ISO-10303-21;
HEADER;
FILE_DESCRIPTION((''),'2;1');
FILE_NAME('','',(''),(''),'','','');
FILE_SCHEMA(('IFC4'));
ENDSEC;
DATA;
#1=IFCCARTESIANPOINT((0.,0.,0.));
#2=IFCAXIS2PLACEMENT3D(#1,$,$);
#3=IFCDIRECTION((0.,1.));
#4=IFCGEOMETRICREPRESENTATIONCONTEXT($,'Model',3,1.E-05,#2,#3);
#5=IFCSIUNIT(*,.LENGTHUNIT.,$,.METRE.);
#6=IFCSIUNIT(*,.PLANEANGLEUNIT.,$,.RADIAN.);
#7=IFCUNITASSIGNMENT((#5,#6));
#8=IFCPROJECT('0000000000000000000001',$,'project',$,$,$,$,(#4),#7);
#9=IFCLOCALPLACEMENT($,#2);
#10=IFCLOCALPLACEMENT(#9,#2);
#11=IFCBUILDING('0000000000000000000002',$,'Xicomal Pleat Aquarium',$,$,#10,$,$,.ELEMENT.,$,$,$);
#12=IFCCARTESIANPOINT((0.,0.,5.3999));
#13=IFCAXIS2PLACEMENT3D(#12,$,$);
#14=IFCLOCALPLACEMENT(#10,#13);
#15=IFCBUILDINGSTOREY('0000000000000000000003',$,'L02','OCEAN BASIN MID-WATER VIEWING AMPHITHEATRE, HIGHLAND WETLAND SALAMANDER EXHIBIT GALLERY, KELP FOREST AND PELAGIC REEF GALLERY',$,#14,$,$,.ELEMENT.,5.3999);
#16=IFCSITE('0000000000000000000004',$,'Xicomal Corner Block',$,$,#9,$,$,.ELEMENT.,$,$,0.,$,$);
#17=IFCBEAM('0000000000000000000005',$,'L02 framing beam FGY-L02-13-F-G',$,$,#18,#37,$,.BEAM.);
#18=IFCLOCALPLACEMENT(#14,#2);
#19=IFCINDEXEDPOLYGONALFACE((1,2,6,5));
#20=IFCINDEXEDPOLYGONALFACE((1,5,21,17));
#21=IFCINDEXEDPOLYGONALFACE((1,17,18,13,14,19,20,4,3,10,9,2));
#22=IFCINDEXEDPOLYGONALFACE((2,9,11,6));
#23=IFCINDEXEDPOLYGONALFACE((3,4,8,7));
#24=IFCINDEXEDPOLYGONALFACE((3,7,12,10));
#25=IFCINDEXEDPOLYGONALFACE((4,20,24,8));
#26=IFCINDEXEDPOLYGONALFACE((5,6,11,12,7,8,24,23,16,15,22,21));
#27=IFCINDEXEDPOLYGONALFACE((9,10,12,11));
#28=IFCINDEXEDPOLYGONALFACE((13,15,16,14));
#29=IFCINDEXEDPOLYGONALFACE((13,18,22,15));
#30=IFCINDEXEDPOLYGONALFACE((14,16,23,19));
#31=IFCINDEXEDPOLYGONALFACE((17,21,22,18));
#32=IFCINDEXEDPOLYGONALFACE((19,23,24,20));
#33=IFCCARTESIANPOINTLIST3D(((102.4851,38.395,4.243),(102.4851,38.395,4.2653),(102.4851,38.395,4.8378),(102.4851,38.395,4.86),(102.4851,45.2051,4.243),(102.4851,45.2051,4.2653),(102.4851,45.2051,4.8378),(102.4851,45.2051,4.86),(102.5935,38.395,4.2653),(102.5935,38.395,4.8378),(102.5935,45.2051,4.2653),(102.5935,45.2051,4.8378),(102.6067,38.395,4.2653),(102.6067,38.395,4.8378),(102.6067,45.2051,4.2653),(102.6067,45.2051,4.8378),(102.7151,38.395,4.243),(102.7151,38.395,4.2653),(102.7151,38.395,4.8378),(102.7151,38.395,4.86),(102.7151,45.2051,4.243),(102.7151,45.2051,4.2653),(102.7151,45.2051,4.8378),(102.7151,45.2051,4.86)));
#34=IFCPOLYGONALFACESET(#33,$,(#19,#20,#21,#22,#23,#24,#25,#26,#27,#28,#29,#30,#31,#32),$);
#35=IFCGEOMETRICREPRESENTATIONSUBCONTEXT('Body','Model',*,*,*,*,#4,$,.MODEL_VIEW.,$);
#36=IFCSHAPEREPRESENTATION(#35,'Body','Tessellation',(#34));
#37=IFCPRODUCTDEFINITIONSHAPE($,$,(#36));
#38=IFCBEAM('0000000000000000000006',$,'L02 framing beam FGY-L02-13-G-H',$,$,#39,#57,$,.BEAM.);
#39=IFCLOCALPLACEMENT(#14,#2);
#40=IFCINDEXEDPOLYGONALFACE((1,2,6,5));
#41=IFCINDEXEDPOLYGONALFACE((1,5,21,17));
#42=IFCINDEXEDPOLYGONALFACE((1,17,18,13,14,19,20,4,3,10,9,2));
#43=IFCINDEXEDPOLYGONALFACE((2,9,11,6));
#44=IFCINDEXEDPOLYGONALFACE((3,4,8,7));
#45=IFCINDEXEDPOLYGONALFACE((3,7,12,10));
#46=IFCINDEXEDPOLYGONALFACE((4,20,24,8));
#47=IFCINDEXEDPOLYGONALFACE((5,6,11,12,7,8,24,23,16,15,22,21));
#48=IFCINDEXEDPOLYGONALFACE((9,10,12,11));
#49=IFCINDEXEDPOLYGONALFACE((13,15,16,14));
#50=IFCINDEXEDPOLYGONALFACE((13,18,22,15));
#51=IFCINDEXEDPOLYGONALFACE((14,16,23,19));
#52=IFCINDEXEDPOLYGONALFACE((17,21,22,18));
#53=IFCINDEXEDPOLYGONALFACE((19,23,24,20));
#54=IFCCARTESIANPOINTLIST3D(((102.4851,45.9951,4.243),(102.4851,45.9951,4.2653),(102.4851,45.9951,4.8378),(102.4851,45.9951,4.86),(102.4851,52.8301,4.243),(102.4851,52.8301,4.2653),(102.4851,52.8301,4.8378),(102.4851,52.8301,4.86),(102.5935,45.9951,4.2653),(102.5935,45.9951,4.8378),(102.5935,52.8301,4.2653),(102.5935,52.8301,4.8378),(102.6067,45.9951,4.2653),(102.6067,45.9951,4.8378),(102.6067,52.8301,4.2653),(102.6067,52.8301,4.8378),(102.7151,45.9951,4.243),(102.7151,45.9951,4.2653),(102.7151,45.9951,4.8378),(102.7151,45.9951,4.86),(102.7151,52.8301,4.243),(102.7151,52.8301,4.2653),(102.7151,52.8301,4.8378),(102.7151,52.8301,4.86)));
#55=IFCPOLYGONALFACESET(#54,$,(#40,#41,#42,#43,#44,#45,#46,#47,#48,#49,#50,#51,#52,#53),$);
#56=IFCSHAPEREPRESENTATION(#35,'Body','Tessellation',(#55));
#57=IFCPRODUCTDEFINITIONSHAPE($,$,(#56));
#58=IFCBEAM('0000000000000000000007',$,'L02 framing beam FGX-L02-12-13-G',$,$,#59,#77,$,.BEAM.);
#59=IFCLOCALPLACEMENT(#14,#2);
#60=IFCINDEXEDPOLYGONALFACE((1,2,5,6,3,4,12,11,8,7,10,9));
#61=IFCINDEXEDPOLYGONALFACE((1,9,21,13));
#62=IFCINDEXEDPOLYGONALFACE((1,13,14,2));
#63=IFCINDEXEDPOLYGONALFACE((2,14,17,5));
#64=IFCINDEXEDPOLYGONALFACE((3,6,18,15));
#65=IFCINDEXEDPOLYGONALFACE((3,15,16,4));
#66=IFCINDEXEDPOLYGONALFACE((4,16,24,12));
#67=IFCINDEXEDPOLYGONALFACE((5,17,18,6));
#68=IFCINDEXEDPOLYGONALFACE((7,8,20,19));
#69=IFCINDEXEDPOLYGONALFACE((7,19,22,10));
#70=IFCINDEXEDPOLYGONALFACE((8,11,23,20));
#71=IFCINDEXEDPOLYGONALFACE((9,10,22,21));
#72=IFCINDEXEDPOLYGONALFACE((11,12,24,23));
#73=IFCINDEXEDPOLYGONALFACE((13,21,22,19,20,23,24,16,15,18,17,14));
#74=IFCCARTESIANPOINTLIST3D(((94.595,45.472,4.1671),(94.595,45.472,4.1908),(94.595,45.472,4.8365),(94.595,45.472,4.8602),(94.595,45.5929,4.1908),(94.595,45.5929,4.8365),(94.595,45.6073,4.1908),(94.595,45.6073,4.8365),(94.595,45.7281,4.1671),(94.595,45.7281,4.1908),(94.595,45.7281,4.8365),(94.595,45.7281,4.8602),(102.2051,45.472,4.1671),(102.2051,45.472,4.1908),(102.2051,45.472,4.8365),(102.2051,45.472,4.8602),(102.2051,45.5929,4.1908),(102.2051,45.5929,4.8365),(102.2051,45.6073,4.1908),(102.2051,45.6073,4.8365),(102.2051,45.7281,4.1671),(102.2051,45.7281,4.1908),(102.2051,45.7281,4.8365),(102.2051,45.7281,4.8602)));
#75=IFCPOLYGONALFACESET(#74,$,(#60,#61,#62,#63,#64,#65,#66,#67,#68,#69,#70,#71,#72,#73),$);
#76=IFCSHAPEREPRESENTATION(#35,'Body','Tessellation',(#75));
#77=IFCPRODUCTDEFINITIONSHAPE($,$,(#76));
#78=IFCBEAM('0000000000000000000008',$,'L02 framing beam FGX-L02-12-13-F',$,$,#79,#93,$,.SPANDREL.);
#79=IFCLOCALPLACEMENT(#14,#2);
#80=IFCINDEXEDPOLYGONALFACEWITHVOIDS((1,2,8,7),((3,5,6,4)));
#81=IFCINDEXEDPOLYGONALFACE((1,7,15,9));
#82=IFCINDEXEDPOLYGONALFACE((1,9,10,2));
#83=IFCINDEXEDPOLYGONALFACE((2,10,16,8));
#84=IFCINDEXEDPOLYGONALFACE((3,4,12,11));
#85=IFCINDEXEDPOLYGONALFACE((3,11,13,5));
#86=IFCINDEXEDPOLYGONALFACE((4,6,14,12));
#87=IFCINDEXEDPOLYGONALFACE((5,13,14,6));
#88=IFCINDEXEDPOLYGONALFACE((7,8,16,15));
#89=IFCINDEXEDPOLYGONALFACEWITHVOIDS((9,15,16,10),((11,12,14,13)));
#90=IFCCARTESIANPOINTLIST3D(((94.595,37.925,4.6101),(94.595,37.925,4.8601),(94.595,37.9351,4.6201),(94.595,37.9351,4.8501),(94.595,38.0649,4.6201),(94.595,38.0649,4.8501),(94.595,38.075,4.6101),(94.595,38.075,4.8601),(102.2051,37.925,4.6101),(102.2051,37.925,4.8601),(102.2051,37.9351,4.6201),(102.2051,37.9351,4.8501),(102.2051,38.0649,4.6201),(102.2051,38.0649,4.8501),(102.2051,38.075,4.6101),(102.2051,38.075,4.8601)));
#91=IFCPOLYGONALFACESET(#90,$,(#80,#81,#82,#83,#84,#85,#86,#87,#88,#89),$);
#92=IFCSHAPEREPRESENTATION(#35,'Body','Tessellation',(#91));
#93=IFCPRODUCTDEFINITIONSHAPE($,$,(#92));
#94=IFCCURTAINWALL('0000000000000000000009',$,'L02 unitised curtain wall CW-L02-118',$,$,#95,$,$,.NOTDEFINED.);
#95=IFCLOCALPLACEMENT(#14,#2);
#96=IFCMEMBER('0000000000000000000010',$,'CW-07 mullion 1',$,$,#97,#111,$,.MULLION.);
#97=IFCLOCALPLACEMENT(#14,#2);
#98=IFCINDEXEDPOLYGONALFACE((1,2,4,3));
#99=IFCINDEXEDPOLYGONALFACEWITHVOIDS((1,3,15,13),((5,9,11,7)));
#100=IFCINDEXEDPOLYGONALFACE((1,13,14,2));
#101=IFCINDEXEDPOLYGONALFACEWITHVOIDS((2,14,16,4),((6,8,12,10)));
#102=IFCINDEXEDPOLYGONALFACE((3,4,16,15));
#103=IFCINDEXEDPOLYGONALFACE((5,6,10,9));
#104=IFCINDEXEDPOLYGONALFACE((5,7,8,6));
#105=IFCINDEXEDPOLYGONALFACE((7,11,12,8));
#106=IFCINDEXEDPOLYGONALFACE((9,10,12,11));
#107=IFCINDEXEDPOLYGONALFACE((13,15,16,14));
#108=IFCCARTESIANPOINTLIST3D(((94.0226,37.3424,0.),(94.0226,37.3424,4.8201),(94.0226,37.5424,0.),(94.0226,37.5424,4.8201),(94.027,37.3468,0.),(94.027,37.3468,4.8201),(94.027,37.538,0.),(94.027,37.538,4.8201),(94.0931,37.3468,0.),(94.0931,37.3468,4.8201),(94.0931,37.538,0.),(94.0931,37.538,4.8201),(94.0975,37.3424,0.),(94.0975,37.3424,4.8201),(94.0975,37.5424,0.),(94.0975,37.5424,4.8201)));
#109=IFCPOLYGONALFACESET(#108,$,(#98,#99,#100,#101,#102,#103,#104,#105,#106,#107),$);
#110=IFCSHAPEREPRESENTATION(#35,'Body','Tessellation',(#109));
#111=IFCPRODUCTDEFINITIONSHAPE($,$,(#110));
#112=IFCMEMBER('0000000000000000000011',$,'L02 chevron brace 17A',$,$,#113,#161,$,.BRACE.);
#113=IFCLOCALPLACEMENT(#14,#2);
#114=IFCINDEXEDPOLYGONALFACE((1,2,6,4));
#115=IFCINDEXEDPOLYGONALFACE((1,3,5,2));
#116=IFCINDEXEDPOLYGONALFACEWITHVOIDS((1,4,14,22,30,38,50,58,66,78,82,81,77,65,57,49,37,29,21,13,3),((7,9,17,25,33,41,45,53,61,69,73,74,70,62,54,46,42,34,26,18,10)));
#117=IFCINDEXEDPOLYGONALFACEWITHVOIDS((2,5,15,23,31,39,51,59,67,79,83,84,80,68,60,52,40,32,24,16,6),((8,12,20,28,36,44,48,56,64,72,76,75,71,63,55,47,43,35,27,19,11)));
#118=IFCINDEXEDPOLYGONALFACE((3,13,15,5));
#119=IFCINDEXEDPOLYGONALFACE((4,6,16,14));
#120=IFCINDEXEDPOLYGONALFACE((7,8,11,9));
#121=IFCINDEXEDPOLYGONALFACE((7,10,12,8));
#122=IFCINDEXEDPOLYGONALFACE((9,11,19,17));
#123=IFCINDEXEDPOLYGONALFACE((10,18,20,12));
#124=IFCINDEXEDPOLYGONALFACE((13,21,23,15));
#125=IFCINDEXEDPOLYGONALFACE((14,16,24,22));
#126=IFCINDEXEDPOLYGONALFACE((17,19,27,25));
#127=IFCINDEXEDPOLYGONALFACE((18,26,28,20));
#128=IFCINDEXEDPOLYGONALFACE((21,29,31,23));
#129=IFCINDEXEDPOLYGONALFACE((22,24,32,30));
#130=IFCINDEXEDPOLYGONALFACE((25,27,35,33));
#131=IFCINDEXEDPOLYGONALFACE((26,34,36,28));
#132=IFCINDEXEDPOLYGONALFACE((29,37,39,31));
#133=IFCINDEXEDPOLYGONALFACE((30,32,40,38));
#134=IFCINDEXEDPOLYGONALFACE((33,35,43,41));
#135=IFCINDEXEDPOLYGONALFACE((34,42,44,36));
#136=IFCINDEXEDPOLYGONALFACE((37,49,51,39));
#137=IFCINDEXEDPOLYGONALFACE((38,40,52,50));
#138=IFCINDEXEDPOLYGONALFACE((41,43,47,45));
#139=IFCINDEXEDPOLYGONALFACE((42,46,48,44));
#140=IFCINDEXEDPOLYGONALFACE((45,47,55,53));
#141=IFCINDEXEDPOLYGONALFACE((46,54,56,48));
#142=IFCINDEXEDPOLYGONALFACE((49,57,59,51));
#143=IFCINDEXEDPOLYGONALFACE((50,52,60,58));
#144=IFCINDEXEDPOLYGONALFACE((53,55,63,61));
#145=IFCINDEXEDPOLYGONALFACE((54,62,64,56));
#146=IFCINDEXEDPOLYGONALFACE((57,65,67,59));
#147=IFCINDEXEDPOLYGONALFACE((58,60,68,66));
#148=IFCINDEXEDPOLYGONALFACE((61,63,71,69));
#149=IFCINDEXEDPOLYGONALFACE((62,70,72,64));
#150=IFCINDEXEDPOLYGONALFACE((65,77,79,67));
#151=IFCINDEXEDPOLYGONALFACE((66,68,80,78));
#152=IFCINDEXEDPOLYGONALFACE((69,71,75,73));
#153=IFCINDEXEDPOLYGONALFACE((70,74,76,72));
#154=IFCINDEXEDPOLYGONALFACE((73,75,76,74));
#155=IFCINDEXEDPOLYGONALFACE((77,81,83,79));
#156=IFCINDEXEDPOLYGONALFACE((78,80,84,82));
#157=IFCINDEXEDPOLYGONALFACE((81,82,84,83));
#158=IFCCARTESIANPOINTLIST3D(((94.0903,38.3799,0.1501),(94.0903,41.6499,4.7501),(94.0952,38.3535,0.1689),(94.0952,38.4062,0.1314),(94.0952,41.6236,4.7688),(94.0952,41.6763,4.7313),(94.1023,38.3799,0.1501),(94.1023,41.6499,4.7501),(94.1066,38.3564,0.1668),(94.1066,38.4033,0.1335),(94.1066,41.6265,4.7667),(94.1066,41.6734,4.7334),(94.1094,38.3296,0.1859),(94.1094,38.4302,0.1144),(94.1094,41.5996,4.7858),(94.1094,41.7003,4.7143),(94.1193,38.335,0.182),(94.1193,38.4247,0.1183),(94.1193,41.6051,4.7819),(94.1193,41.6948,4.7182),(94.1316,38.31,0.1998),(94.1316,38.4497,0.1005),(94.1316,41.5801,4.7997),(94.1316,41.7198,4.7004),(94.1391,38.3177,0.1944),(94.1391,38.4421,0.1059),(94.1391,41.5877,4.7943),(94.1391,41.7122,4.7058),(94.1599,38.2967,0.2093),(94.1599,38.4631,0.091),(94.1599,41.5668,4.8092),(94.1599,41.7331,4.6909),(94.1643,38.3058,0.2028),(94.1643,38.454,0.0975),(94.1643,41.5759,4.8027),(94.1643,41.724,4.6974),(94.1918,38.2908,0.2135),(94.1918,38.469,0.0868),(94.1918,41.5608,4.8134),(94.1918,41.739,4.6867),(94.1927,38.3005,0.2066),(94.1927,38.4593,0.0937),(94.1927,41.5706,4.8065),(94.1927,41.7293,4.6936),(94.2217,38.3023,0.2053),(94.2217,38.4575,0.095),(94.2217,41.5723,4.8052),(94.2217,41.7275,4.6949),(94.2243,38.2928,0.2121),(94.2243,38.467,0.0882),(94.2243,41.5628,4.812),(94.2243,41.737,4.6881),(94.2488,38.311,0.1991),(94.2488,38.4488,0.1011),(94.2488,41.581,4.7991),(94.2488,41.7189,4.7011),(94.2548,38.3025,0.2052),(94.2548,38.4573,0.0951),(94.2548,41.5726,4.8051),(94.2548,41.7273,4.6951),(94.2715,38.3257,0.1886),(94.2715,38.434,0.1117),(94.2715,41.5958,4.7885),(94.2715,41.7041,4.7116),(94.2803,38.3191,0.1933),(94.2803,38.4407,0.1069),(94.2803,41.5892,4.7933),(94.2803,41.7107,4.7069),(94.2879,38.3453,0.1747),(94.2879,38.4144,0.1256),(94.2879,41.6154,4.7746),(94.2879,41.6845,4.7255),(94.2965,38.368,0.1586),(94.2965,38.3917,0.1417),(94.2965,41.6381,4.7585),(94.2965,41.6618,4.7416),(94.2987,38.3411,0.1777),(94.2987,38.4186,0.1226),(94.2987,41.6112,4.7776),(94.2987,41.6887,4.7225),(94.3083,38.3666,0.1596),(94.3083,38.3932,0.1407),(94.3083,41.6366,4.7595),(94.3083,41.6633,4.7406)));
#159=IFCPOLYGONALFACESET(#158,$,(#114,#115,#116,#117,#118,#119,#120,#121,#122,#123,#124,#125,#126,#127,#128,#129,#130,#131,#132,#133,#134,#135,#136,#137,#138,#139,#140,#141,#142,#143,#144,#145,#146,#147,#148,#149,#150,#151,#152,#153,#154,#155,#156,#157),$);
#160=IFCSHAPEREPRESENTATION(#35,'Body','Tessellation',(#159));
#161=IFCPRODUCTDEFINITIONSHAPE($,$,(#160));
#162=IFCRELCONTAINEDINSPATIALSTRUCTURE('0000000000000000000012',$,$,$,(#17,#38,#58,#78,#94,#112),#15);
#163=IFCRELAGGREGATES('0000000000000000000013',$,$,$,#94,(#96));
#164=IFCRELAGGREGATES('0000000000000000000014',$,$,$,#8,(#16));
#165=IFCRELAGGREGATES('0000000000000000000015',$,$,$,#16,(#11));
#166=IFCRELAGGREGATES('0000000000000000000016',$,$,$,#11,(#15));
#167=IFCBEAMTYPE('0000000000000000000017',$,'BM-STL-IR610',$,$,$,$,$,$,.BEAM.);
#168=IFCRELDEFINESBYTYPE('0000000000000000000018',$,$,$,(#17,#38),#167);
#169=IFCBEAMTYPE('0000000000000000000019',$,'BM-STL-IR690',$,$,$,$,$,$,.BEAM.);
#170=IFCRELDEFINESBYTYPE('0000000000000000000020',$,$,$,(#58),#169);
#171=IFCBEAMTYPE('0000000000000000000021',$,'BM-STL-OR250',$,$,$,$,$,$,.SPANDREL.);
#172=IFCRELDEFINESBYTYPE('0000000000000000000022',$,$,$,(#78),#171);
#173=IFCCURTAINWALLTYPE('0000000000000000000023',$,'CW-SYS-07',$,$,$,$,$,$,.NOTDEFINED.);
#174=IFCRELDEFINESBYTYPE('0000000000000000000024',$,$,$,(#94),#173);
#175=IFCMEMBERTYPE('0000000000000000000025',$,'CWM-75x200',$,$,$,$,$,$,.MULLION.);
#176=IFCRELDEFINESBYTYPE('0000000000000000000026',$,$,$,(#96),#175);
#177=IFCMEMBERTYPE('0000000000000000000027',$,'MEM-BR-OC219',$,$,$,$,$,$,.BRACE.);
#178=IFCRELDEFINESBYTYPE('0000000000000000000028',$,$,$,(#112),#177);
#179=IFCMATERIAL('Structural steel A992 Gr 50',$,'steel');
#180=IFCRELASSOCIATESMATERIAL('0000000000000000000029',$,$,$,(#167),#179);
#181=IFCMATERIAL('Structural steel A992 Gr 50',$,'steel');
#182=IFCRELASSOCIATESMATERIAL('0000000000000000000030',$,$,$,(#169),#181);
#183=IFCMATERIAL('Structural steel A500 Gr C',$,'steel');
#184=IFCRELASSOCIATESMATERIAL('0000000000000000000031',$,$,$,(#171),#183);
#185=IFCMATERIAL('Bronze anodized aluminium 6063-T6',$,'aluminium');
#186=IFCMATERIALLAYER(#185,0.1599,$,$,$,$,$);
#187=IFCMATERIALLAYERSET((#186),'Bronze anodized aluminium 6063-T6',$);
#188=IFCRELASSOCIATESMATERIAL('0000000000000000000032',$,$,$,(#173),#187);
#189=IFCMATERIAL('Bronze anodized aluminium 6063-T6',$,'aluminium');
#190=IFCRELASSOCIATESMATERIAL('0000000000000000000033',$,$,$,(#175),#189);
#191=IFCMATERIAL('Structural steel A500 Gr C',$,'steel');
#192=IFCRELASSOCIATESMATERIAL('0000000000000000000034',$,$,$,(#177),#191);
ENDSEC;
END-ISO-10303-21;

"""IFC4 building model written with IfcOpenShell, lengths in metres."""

from ifc_helpers import new_model, si_unit, direction, frame, origin, origin_2d, place, context, subcontext, project, spatial, hollow_rectangle, hollow_circle, i_section, extrude, material, layer, layer_set, material_profile, profile_set, type_object, element, aggregate, save


model = new_model("IFC4")

# Units and contexts
model_context = context("Model", 3, precision=1e-05, world=origin(), true_north=direction((0.0, 1.0)))
body_context = subcontext(model_context, "Body", "Model", "MODEL_VIEW")
ifc_project = project(units=[si_unit("LENGTHUNIT", "METRE"), si_unit("PLANEANGLEUNIT", "RADIAN")], contexts=[model_context])

# Site, building, storey
site_placement = place(None, origin())
site = spatial("IfcSite", under=ifc_project, at=site_placement, Name="Xicomal Corner Block", CompositionType="ELEMENT", RefElevation=0.0)
building_placement = place(site_placement, origin())
building = spatial("IfcBuilding", under=site, at=building_placement, Name="Xicomal Pleat Aquarium", CompositionType="ELEMENT")
storey_placement = place(building_placement, frame((0.0, 0.0, 5.3999)))
storey = spatial("IfcBuildingStorey", under=building, at=storey_placement, Name="L02", Description="OCEAN BASIN MID-WATER VIEWING AMPHITHEATRE, HIGHLAND WETLAND SALAMANDER EXHIBIT GALLERY, KELP FOREST AND PELAGIC REEF GALLERY", CompositionType="ELEMENT", Elevation=5.3999)

# Beams
ifc_material_1 = material(Name="Structural steel A992 Gr 50", Category="steel")
ifc_material_profile_1 = material_profile(ifc_material_1, i_section(OverallWidth=0.23, OverallDepth=0.6169, WebThickness=0.0132, FlangeThickness=0.0222, at=origin_2d()), Name="IR 610x140")
ifc_profile_set_1 = profile_set([ifc_material_profile_1], Name="Structural steel A992 Gr 50")
beam_type_1 = type_object("IfcBeamType", Name="BM-STL-IR610", PredefinedType="BEAM", material=ifc_profile_set_1)
beam_1_placement = place(storey_placement, frame((102.6001, 38.395, 4.5515), z_axis=(0.0, 1.0, 0.0), x_axis=(-1.0, 0.0, 0.0)))
element("IfcBeam", 1, at=beam_1_placement, inside=storey, type_object=beam_type_1, Name="L02 framing beam FGY-L02-13-F-G", PredefinedType="BEAM", context=body_context, shape_type="SweptSolid", body=[
    extrude(i_section(OverallWidth=0.23, OverallDepth=0.6169, WebThickness=0.0132, FlangeThickness=0.0222, at=origin_2d()), origin(), (0.0, 0.0, 1.0), 6.8101),
])
beam_2_placement = place(storey_placement, frame((102.6001, 45.9951, 4.5515), z_axis=(0.0, 1.0, 0.0), x_axis=(-1.0, 0.0, 0.0)))
element("IfcBeam", 2, at=beam_2_placement, inside=storey, type_object=beam_type_1, Name="L02 framing beam FGY-L02-13-G-H", PredefinedType="BEAM", context=body_context, shape_type="SweptSolid", body=[
    extrude(i_section(OverallWidth=0.23, OverallDepth=0.6169, WebThickness=0.0132, FlangeThickness=0.0222, at=origin_2d()), origin(), (0.0, 0.0, 1.0), 6.835),
])
ifc_material_2 = material(Name="Structural steel A992 Gr 50", Category="steel")
ifc_material_profile_2 = material_profile(ifc_material_2, i_section(OverallWidth=0.2561, OverallDepth=0.6931, WebThickness=0.0144, FlangeThickness=0.0237, at=origin_2d()), Name="IR 690x170")
ifc_profile_set_2 = profile_set([ifc_material_profile_2], Name="Structural steel A992 Gr 50")
beam_type_2 = type_object("IfcBeamType", Name="BM-STL-IR690", PredefinedType="BEAM", material=ifc_profile_set_2)
beam_3_placement = place(storey_placement, frame((94.595, 45.6001, 4.5137), z_axis=(1.0, 0.0, 0.0), x_axis=(0.0, 1.0, 0.0)))
element("IfcBeam", 3, at=beam_3_placement, inside=storey, type_object=beam_type_2, Name="L02 framing beam FGX-L02-12-13-G", PredefinedType="BEAM", context=body_context, shape_type="SweptSolid", body=[
    extrude(i_section(OverallWidth=0.2561, OverallDepth=0.6931, WebThickness=0.0144, FlangeThickness=0.0237, at=origin_2d()), origin(), (0.0, 0.0, 1.0), 7.6101),
])
ifc_material_3 = material(Name="Structural steel A500 Gr C", Category="steel")
ifc_material_profile_3 = material_profile(ifc_material_3, hollow_rectangle(XDim=0.1499, YDim=0.25, WallThickness=0.01, at=origin_2d()), Name="OR 250x150x10")
ifc_profile_set_3 = profile_set([ifc_material_profile_3], Name="Structural steel A500 Gr C")
beam_type_3 = type_object("IfcBeamType", Name="BM-STL-OR250", PredefinedType="SPANDREL", material=ifc_profile_set_3)
beam_4_placement = place(storey_placement, frame((94.595, 38.0, 4.7351), z_axis=(1.0, 0.0, 0.0), x_axis=(0.0, 1.0, 0.0)))
element("IfcBeam", 4, at=beam_4_placement, inside=storey, type_object=beam_type_3, Name="L02 framing beam FGX-L02-12-13-F", PredefinedType="SPANDREL", context=body_context, shape_type="SweptSolid", body=[
    extrude(hollow_rectangle(XDim=0.1499, YDim=0.25, WallThickness=0.01, at=origin_2d()), origin(), (0.0, 0.0, 1.0), 7.6101),
])

# Curtain wall, member
ifc_material_4 = material(Name="Bronze anodized aluminium 6063-T6", Category="aluminium")
ifc_layer_1 = layer(ifc_material_4, 0.1599)
ifc_layer_set_1 = layer_set([ifc_layer_1], Name="Bronze anodized aluminium 6063-T6")
curtain_wall_type = type_object("IfcCurtainWallType", Name="CW-SYS-07", PredefinedType="NOTDEFINED", material=ifc_layer_set_1)
curtain_wall_placement = place(storey_placement, origin())
curtain_wall = element("IfcCurtainWall", 5, at=curtain_wall_placement, inside=storey, type_object=curtain_wall_type, Name="L02 unitised curtain wall CW-L02-118", PredefinedType="NOTDEFINED")
ifc_material_5 = material(Name="Bronze anodized aluminium 6063-T6", Category="aluminium")
ifc_material_profile_4 = material_profile(ifc_material_5, hollow_rectangle(XDim=0.075, YDim=0.2, WallThickness=0.0044, at=origin_2d()), Name="ALU MULL 75x200")
ifc_profile_set_4 = profile_set([ifc_material_profile_4], Name="Bronze anodized aluminium 6063-T6")
member_type_1 = type_object("IfcMemberType", Name="CWM-75x200", PredefinedType="MULLION", material=ifc_profile_set_4)
member_placement = place(storey_placement, frame((94.0601, 37.4424, 0.0), z_axis=(0.0, 0.0, 1.0), x_axis=(1.0, 0.0, 0.0)))
member = element("IfcMember", 6, at=member_placement, type_object=member_type_1, Name="CW-07 mullion 1", PredefinedType="MULLION", context=body_context, shape_type="SweptSolid", body=[
    extrude(hollow_rectangle(XDim=0.075, YDim=0.2, WallThickness=0.0044, at=origin_2d()), origin(), (0.0, 0.0, 1.0), 4.8201),
])
aggregate(curtain_wall, [member])

# Member
ifc_material_6 = material(Name="Structural steel A500 Gr C", Category="steel")
ifc_material_profile_5 = material_profile(ifc_material_6, hollow_circle(Radius=0.1096, WallThickness=0.012, at=origin_2d()), Name="OC 219x12")
ifc_profile_set_5 = profile_set([ifc_material_profile_5], Name="Structural steel A500 Gr C")
member_type_2 = type_object("IfcMemberType", Name="MEM-BR-OC219", PredefinedType="BRACE", material=ifc_profile_set_5)
for number, where, z_axis, x_axis, name in (
    (7, (94.2, 38.3799, 0.1501), (0.0, 0.579408, 0.815038), (-1.0, 0.0, 0.0), "L02 chevron brace 17A"),
):
    element("IfcMember", number, at=place(storey_placement, frame(where, z_axis=z_axis, x_axis=x_axis)), inside=storey, type_object=member_type_2, Name=name, PredefinedType="BRACE", context=body_context, shape_type="SweptSolid", body=[
        extrude(hollow_circle(Radius=0.1096, WallThickness=0.012, at=origin_2d()), origin(), (0.0, 0.0, 1.0), 5.6438),
    ])

save(model, "model.ifc")
